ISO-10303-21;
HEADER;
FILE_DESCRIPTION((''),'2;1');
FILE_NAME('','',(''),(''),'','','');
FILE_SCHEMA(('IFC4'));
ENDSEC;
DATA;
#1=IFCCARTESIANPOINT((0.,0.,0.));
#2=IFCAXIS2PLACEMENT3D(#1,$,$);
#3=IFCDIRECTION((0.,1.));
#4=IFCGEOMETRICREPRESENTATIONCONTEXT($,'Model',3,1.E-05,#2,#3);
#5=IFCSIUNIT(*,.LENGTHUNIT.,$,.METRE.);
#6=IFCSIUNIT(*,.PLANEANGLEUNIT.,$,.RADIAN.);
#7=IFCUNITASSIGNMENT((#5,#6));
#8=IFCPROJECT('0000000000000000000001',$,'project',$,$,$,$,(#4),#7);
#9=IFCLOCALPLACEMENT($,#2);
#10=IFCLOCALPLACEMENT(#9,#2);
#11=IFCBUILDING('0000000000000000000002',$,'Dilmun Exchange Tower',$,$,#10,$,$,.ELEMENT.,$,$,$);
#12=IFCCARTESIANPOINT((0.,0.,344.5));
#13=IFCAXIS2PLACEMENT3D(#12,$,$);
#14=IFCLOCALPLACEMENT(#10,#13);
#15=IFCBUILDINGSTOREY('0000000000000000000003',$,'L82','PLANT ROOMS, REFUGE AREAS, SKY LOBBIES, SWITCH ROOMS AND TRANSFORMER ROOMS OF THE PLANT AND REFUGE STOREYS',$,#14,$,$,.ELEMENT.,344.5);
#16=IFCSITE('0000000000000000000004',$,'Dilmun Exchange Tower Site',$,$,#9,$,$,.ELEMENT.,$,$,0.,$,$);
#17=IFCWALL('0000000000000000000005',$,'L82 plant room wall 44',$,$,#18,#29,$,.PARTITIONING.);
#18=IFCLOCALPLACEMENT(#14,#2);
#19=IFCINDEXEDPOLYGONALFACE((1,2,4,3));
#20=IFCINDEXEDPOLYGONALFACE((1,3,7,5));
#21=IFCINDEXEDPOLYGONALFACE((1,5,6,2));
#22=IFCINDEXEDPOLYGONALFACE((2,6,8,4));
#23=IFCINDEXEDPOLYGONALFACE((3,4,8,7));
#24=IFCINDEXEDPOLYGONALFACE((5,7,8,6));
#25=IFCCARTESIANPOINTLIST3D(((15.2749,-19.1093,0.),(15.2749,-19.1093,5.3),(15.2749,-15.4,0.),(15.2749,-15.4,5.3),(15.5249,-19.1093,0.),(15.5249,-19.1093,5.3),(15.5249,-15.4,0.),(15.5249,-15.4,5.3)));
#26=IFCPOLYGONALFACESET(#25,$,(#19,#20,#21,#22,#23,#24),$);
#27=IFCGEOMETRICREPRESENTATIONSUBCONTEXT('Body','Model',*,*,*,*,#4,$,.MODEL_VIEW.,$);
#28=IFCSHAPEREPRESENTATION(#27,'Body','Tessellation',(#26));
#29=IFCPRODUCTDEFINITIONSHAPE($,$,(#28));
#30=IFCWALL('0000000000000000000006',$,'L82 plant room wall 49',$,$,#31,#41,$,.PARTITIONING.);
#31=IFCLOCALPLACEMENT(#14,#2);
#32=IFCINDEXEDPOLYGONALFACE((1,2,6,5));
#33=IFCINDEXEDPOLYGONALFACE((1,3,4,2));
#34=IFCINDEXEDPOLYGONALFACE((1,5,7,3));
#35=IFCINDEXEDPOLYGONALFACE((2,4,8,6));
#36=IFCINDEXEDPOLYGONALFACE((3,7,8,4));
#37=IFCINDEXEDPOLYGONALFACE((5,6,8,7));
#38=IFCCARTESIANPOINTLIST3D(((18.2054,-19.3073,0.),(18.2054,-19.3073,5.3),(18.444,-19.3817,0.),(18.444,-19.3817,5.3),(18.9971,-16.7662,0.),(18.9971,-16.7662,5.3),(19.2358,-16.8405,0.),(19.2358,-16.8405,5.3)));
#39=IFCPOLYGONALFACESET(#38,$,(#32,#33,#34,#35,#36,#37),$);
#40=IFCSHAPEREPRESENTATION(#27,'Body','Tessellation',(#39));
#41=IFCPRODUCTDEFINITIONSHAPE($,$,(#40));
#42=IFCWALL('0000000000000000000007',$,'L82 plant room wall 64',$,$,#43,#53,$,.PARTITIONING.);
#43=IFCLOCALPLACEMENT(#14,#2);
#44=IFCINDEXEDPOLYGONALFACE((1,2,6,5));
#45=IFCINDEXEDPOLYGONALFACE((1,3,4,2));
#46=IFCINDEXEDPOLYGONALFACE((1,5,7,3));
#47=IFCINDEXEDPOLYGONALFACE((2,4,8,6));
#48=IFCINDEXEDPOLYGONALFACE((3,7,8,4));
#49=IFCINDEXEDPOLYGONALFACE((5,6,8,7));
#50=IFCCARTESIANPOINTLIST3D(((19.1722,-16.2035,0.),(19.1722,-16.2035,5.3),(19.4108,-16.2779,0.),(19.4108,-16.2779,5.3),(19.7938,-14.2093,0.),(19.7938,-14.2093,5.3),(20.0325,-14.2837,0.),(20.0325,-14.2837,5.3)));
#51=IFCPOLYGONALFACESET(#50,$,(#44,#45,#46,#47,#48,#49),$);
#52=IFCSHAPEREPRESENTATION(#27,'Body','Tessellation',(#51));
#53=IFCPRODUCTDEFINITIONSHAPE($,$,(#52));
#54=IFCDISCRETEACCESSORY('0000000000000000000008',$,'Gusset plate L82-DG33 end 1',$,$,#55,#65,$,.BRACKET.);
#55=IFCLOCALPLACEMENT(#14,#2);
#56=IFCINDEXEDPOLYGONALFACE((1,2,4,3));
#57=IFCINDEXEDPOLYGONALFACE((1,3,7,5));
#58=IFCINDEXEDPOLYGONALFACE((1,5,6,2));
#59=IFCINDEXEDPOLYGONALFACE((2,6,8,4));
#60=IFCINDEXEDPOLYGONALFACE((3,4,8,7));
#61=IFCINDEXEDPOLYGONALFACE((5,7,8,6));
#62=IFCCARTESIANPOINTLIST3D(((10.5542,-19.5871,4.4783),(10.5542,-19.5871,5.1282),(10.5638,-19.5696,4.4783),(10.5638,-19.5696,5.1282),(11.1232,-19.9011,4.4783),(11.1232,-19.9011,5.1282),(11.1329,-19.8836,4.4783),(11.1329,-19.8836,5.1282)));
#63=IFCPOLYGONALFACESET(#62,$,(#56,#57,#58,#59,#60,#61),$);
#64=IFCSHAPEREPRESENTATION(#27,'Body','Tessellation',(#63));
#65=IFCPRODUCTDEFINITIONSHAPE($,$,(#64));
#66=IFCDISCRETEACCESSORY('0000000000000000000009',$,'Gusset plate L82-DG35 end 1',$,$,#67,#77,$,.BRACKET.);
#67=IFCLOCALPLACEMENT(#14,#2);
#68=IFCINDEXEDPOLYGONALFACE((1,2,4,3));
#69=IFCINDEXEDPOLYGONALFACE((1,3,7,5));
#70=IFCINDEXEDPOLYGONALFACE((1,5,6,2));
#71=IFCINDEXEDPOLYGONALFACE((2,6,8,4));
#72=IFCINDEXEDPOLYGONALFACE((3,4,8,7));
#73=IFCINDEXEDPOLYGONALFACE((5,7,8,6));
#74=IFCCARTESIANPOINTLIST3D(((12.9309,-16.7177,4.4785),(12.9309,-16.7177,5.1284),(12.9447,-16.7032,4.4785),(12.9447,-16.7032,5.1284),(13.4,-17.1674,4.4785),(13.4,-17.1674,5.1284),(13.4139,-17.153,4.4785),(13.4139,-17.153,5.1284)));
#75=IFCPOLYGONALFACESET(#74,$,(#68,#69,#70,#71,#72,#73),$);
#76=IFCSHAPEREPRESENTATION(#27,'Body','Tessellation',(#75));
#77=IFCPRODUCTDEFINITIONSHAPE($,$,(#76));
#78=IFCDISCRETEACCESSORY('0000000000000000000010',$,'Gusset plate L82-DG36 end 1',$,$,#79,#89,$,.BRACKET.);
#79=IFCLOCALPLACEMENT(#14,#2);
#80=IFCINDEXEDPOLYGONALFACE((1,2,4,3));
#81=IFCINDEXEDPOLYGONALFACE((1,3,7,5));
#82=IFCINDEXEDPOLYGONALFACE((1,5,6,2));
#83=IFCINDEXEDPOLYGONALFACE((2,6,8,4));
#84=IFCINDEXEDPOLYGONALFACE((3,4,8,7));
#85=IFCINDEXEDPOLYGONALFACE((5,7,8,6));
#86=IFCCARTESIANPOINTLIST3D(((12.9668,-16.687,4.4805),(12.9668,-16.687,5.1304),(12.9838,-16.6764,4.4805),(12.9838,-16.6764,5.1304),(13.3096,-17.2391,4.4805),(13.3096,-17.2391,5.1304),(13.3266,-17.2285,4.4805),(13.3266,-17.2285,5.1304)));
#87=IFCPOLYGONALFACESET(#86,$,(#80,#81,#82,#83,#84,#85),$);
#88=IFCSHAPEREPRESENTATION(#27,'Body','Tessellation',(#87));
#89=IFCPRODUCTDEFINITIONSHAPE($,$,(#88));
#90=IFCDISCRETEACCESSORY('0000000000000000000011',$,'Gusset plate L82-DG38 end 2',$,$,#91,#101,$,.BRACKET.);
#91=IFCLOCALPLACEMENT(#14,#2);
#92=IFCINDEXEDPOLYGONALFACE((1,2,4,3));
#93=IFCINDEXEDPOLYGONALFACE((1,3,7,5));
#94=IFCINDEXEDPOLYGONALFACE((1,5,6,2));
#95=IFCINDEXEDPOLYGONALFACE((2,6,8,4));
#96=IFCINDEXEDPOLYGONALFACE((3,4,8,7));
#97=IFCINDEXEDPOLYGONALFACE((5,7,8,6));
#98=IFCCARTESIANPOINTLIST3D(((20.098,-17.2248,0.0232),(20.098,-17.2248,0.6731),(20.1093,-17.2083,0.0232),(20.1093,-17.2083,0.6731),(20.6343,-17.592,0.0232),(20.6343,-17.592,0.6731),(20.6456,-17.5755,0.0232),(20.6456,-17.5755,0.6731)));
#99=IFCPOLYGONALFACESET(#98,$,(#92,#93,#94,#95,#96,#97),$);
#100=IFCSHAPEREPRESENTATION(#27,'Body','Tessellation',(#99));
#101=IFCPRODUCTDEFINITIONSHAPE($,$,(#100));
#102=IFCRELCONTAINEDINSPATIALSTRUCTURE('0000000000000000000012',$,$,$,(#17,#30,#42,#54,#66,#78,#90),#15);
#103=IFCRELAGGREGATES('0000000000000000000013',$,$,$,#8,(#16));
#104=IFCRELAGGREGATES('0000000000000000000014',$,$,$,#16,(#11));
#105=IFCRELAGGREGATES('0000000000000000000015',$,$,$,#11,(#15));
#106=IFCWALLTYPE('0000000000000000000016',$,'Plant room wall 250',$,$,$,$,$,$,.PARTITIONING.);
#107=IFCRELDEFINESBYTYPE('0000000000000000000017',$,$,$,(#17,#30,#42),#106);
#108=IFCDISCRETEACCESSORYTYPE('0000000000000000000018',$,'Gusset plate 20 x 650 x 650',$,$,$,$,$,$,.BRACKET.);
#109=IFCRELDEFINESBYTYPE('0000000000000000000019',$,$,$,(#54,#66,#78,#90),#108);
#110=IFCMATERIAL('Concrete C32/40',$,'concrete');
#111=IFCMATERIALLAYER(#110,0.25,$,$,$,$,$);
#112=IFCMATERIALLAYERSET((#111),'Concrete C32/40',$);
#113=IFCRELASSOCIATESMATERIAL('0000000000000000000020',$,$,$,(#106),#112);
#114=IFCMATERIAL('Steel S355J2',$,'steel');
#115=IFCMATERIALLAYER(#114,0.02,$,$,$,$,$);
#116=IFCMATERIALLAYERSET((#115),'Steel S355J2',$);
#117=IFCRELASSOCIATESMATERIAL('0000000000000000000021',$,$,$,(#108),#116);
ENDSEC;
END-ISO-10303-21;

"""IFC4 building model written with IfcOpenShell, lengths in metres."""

from ifc_helpers import new_model, si_unit, direction, frame, frame_2d, origin, origin_2d, place, context, subcontext, project, spatial, rectangle, extrude, material, layer, layer_set, type_object, element, save


model = new_model("IFC4")

# Units and contexts
model_context = context("Model", 3, precision=1e-05, world=origin(), true_north=direction((0.0, 1.0)))
body_context = subcontext(model_context, "Body", "Model", "MODEL_VIEW")
ifc_project = project(units=[si_unit("LENGTHUNIT", "METRE"), si_unit("PLANEANGLEUNIT", "RADIAN")], contexts=[model_context])

# Site, building, storey
site_placement = place(None, origin())
site = spatial("IfcSite", under=ifc_project, at=site_placement, Name="Dilmun Exchange Tower Site", CompositionType="ELEMENT", RefElevation=0.0)
building_placement = place(site_placement, origin())
building = spatial("IfcBuilding", under=site, at=building_placement, Name="Dilmun Exchange Tower", CompositionType="ELEMENT")
storey_placement = place(building_placement, frame((0.0, 0.0, 344.5)))
storey = spatial("IfcBuildingStorey", under=building, at=storey_placement, Name="L82", Description="PLANT ROOMS, REFUGE AREAS, SKY LOBBIES, SWITCH ROOMS AND TRANSFORMER ROOMS OF THE PLANT AND REFUGE STOREYS", CompositionType="ELEMENT", Elevation=344.5)

# Walls
ifc_material_1 = material(Name="Concrete C32/40", Category="concrete")
ifc_layer_1 = layer(ifc_material_1, 0.25)
ifc_layer_set_1 = layer_set([ifc_layer_1], Name="Concrete C32/40")
wall_type = type_object("IfcWallType", Name="Plant room wall 250", PredefinedType="PARTITIONING", material=ifc_layer_set_1)
wall_1_placement = place(storey_placement, frame((15.3999, -19.1091, 0.0), z_axis=(0.0, 0.0, 1.0), x_axis=(0.0, 1.0, 0.0)))
element("IfcWall", 1, at=wall_1_placement, inside=storey, type_object=wall_type, Name="L82 plant room wall 44", PredefinedType="PARTITIONING", context=body_context, shape_type="SweptSolid", body=[
    extrude(rectangle(XDim=3.7092, YDim=0.25, at=frame_2d((1.8545, 0.0))), origin(), (0.0, 0.0, 1.0), 5.3),
])
wall_2_placement = place(storey_placement, frame((18.3247, -19.3445, 0.0), z_axis=(0.0, 0.0, 1.0), x_axis=(0.297455, 0.954736, 0.0)))
element("IfcWall", 2, at=wall_2_placement, inside=storey, type_object=wall_type, Name="L82 plant room wall 49", PredefinedType="PARTITIONING", context=body_context, shape_type="SweptSolid", body=[
    extrude(rectangle(XDim=2.6616, YDim=0.25, at=frame_2d((1.3308, 0.0))), origin(), (0.0, 0.0, 1.0), 5.3),
])
wall_3_placement = place(storey_placement, frame((19.2915, -16.2407, 0.0), z_axis=(0.0, 0.0, 1.0), x_axis=(0.297583, 0.954696, 0.0)))
element("IfcWall", 3, at=wall_3_placement, inside=storey, type_object=wall_type, Name="L82 plant room wall 64", PredefinedType="PARTITIONING", context=body_context, shape_type="SweptSolid", body=[
    extrude(rectangle(XDim=2.0889, YDim=0.25, at=frame_2d((1.0444, 0.0))), origin(), (0.0, 0.0, 1.0), 5.3),
])

# Discrete accessories
ifc_material_2 = material(Name="Steel S355J2", Category="steel")
ifc_layer_2 = layer(ifc_material_2, 0.02)
ifc_layer_set_2 = layer_set([ifc_layer_2], Name="Steel S355J2")
discrete_accessory_type = type_object("IfcDiscreteAccessoryType", Name="Gusset plate 20 x 650 x 650", PredefinedType="BRACKET", material=ifc_layer_set_2)
for number, where, z_axis, x_axis, name in (
    (4, (10.8435, -19.7354, 4.4783), (0.0, 0.0, 1.0), (0.875575, -0.483082, 0.0), "Gusset plate L82-DG33 end 1"),
    (5, (13.1724, -16.9353, 4.4785), (0.0, 0.0, 1.0), (0.721876, -0.692022, 0.0), "Gusset plate L82-DG35 end 1"),
    (6, (13.1467, -16.9578, 4.4805), (0.0, 0.0, 1.0), (0.527506, -0.849551, 0.0), "Gusset plate L82-DG36 end 1"),
    (7, (20.3718, -17.4001, 0.0232), (0.0, 0.0, 1.0), (0.825161, -0.564898, 0.0), "Gusset plate L82-DG38 end 2"),
):
    element("IfcDiscreteAccessory", number, at=place(storey_placement, frame(where, z_axis=z_axis, x_axis=x_axis)), inside=storey, type_object=discrete_accessory_type, Name=name, PredefinedType="BRACKET", context=body_context, shape_type="SweptSolid", body=[
        extrude(rectangle(XDim=0.6499, YDim=0.02, at=origin_2d()), origin(), (0.0, 0.0, 1.0), 0.6499),
    ])

save(model, "model.ifc")
